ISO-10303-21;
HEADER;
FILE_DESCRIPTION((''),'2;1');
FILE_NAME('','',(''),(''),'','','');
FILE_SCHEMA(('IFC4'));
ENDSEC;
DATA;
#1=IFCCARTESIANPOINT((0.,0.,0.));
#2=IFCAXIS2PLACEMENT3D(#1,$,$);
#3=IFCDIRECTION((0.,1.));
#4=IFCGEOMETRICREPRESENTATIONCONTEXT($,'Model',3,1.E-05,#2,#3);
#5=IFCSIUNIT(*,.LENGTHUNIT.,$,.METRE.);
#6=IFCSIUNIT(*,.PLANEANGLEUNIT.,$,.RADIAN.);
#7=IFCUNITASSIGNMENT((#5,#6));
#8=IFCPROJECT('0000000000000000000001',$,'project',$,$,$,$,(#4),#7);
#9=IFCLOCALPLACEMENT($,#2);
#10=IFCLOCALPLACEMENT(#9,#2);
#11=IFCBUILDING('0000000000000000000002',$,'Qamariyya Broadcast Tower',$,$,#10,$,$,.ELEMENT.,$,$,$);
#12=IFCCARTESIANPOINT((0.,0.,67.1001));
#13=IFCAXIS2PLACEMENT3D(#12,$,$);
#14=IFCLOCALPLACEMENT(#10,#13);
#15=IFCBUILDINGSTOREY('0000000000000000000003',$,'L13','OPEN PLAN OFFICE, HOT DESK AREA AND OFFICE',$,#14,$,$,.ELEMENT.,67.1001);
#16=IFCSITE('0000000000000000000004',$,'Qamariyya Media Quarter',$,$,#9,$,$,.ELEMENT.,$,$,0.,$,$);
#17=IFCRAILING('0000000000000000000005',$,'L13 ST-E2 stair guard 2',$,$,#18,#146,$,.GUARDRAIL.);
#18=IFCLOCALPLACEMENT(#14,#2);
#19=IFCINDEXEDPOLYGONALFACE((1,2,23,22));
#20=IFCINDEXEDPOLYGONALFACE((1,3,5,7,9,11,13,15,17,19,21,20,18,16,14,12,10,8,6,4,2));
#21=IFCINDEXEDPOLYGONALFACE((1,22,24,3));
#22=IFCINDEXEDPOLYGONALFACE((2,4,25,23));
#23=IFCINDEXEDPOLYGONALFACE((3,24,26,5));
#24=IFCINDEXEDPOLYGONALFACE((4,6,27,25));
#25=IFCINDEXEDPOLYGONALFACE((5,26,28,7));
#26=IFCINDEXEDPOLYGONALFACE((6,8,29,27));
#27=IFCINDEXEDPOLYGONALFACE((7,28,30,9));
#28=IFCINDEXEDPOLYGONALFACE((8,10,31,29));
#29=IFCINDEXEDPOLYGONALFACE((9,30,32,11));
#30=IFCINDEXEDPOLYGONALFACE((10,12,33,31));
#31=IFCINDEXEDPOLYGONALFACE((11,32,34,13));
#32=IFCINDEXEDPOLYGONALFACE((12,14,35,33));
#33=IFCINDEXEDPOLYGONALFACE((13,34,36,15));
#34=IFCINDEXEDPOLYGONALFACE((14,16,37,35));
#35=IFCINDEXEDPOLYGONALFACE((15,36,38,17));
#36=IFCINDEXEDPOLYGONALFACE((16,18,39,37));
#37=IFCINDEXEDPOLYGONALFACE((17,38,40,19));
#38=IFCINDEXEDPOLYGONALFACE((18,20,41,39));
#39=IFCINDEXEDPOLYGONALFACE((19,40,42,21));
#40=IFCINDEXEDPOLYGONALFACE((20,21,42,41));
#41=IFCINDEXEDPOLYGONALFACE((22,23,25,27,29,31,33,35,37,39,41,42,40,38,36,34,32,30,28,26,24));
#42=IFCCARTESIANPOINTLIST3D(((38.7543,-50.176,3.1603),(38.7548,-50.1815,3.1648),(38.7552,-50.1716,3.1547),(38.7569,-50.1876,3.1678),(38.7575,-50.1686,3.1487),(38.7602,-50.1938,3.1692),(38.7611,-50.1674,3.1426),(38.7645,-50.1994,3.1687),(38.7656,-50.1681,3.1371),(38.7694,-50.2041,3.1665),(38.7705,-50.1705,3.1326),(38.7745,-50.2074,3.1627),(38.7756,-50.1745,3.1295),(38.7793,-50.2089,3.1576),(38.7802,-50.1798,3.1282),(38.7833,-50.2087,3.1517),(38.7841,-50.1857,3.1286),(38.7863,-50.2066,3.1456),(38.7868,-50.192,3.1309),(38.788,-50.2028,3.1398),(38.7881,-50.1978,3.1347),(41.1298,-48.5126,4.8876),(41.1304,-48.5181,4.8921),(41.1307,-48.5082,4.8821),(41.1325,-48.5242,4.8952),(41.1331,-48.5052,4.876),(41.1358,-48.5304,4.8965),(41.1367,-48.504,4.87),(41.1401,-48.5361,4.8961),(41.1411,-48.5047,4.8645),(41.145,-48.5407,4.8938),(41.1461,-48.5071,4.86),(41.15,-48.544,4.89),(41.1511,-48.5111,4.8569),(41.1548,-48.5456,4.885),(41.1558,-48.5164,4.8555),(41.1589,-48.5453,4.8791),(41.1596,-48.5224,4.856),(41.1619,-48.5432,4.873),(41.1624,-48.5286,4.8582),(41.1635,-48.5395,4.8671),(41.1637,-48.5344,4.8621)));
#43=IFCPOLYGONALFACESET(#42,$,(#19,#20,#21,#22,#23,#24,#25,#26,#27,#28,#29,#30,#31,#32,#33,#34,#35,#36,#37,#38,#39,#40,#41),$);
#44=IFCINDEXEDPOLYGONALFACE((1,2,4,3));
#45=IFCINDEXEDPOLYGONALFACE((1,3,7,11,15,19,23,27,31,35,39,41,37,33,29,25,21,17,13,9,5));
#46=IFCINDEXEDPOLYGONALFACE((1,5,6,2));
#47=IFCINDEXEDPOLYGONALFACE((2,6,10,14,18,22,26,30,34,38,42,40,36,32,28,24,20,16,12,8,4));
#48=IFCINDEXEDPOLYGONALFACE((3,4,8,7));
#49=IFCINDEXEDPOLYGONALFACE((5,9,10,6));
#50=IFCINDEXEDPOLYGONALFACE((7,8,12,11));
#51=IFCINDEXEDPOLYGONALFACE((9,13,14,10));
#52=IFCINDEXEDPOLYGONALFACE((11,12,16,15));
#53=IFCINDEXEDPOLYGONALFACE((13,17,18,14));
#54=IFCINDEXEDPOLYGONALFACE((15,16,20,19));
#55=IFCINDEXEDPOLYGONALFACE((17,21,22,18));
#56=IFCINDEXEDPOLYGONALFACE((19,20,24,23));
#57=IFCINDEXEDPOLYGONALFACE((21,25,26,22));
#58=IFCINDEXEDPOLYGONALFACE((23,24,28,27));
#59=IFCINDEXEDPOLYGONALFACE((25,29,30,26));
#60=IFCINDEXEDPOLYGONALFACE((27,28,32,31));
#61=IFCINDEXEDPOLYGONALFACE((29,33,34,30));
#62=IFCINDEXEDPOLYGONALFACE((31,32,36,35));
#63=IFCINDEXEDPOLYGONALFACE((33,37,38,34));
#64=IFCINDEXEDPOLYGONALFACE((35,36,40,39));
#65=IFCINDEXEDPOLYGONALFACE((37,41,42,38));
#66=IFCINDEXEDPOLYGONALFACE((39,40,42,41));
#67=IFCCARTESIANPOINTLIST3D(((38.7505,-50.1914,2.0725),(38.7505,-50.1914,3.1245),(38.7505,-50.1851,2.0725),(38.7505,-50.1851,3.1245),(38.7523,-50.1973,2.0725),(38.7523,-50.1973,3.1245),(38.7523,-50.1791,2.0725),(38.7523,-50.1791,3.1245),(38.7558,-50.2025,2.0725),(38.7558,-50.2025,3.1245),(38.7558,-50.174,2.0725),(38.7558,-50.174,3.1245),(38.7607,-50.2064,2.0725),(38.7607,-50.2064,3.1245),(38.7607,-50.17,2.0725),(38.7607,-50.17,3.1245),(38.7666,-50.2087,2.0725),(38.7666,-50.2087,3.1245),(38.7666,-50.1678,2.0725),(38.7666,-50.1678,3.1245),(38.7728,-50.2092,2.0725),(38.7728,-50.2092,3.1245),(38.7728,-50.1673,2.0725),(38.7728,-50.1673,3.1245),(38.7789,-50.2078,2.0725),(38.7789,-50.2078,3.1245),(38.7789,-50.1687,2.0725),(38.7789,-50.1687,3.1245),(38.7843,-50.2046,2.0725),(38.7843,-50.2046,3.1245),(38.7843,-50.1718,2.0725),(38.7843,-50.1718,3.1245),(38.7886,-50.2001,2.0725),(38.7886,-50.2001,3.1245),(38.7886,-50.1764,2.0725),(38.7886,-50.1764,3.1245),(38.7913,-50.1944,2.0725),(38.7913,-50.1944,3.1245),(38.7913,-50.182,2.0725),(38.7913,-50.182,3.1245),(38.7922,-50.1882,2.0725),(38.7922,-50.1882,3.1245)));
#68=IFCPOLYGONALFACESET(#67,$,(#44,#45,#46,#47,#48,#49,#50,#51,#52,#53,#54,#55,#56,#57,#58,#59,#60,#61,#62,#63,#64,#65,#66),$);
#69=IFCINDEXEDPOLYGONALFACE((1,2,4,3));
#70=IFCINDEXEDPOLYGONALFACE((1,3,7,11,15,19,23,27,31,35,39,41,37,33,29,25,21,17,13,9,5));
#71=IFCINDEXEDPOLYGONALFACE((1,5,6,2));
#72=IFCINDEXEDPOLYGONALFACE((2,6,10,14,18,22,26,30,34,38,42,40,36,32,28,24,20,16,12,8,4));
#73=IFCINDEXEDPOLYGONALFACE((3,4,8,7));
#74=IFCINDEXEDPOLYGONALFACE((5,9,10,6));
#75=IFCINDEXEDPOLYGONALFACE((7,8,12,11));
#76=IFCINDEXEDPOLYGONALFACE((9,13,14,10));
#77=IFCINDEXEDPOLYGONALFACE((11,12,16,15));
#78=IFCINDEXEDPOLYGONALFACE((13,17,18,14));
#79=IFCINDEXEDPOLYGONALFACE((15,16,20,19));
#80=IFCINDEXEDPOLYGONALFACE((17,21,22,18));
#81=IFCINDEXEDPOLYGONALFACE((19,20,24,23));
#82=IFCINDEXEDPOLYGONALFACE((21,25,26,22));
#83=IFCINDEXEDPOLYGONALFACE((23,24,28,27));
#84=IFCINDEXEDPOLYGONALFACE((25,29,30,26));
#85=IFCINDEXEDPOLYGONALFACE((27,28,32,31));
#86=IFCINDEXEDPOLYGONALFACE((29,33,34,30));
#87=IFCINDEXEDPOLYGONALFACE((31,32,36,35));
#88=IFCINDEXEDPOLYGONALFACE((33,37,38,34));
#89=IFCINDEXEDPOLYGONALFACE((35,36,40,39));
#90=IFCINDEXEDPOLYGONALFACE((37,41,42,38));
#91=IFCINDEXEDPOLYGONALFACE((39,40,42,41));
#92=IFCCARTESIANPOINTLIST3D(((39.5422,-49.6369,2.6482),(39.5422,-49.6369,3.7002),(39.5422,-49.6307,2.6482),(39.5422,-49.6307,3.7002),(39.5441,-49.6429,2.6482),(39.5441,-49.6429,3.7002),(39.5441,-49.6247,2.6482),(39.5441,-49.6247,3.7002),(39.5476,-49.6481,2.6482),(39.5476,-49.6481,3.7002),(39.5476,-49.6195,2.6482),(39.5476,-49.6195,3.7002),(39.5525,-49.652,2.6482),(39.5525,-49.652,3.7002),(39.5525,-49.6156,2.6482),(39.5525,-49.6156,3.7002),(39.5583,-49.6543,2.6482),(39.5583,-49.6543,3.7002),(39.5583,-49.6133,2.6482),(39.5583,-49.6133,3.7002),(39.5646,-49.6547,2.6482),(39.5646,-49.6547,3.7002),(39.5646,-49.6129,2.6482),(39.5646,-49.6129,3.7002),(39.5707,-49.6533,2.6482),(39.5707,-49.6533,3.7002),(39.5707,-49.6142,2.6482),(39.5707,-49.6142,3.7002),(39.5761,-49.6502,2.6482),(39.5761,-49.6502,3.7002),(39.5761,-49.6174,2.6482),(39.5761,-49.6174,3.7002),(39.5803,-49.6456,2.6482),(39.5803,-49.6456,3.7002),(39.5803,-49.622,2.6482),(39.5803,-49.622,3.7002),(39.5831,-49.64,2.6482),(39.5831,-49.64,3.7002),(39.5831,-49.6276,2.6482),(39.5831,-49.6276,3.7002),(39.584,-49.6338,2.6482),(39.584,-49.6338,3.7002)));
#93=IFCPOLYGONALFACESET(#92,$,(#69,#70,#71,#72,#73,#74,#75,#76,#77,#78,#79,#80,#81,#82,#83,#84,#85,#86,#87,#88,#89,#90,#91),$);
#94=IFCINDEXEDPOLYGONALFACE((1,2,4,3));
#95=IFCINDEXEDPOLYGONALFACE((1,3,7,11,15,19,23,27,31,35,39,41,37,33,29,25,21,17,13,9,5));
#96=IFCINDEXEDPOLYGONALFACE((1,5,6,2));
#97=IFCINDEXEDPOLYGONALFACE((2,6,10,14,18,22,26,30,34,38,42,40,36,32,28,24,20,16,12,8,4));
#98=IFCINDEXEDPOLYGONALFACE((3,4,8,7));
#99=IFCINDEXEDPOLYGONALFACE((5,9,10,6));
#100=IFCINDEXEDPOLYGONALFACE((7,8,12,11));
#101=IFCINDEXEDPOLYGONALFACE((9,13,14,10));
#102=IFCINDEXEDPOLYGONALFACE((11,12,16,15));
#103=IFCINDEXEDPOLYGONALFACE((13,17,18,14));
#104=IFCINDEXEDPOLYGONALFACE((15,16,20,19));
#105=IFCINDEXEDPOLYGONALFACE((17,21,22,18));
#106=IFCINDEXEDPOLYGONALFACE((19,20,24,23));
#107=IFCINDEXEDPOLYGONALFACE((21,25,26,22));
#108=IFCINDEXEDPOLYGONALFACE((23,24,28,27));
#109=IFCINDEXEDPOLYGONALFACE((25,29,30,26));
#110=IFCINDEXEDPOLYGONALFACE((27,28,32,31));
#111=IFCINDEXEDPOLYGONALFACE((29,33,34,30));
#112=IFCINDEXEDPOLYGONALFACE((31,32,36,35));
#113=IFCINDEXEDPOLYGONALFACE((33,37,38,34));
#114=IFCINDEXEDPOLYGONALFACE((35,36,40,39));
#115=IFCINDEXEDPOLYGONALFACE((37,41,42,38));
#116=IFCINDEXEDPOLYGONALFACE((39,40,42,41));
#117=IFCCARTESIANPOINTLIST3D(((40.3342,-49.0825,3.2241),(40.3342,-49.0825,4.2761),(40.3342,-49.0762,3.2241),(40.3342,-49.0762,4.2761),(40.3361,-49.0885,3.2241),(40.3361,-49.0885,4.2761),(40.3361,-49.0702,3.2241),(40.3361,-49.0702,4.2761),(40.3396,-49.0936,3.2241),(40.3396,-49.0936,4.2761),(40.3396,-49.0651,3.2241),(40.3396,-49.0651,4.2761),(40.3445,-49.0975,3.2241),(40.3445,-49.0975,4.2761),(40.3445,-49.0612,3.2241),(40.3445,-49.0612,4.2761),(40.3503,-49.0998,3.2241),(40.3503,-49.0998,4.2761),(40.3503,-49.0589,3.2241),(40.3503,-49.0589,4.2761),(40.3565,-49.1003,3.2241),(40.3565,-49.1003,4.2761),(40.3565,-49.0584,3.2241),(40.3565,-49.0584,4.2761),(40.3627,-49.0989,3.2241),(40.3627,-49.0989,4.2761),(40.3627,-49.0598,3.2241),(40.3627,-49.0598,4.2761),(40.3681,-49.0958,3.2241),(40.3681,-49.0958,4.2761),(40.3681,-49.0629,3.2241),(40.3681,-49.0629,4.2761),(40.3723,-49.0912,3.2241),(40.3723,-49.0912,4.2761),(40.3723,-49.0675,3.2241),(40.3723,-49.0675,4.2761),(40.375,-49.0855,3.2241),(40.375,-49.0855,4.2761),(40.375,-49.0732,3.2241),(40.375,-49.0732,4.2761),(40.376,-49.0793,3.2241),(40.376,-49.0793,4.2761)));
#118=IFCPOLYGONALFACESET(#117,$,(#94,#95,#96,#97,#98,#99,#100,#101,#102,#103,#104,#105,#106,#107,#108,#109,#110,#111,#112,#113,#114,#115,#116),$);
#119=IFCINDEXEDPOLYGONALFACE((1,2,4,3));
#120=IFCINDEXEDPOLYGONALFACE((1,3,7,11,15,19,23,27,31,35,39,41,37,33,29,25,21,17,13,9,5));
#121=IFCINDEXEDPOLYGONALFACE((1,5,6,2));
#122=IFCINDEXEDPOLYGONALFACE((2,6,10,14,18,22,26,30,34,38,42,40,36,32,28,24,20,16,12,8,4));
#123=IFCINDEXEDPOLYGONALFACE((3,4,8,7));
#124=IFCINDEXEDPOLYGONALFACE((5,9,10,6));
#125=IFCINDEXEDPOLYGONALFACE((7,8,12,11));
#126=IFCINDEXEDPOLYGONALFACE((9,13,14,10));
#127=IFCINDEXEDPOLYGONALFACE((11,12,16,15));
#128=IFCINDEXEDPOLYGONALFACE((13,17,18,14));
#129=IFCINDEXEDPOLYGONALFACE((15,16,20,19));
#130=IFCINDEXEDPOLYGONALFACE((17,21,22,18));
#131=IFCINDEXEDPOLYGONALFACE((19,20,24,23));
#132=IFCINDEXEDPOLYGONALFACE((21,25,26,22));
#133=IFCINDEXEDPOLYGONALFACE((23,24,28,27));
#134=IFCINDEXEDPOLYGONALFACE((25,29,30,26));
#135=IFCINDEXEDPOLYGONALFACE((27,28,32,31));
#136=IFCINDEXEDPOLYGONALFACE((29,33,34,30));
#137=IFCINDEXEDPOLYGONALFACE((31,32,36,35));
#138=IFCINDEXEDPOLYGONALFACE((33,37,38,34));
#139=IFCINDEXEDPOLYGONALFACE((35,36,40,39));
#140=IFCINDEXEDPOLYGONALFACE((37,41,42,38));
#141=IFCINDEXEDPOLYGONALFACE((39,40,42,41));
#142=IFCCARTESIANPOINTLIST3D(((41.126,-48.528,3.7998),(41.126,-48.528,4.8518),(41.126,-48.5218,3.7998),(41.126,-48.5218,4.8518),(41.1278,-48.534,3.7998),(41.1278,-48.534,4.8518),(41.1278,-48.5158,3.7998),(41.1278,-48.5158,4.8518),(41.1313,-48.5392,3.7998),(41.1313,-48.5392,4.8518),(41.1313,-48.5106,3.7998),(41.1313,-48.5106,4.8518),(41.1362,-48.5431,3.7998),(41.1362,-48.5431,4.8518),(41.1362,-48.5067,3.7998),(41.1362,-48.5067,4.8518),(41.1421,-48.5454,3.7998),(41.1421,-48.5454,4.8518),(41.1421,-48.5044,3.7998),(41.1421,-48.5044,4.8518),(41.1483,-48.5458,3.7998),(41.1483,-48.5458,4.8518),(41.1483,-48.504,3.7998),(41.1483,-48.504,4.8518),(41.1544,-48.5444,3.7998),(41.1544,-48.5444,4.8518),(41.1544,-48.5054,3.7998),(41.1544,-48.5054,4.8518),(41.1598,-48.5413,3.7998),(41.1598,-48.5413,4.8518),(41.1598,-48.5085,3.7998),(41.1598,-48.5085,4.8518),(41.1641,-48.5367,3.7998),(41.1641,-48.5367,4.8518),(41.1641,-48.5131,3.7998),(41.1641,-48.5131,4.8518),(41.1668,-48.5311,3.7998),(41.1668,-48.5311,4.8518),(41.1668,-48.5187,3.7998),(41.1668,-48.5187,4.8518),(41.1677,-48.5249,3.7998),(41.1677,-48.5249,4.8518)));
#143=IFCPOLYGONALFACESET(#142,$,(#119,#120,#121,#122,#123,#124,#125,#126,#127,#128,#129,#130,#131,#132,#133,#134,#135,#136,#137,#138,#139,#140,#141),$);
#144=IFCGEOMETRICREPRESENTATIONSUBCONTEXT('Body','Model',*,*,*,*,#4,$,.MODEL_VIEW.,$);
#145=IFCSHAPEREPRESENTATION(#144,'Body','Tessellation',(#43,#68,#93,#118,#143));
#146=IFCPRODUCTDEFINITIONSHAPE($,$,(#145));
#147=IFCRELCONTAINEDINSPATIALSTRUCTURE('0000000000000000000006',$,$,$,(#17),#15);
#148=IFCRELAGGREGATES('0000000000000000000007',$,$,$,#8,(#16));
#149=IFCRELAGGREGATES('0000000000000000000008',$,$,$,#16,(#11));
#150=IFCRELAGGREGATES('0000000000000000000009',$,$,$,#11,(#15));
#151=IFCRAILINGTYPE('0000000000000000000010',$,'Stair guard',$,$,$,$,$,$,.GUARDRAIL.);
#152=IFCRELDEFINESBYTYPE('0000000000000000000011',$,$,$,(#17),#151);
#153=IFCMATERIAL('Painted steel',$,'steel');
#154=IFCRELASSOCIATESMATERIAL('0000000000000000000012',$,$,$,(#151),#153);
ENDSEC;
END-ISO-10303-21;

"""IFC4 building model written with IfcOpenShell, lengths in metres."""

from ifc_helpers import new_model, si_unit, direction, frame, origin, origin_2d, place, context, subcontext, project, spatial, circle, extrude, material, type_object, element, save


model = new_model("IFC4")

# Units and contexts
model_context = context("Model", 3, precision=1e-05, world=origin(), true_north=direction((0.0, 1.0)))
body_context = subcontext(model_context, "Body", "Model", "MODEL_VIEW")
ifc_project = project(units=[si_unit("LENGTHUNIT", "METRE"), si_unit("PLANEANGLEUNIT", "RADIAN")], contexts=[model_context])

# Site, building, storey
site_placement = place(None, origin())
site = spatial("IfcSite", under=ifc_project, at=site_placement, Name="Qamariyya Media Quarter", CompositionType="ELEMENT", RefElevation=0.0)
building_placement = place(site_placement, origin())
building = spatial("IfcBuilding", under=site, at=building_placement, Name="Qamariyya Broadcast Tower", CompositionType="ELEMENT")
storey_placement = place(building_placement, frame((0.0, 0.0, 67.1001)))
storey = spatial("IfcBuildingStorey", under=building, at=storey_placement, Name="L13", Description="OPEN PLAN OFFICE, HOT DESK AREA AND OFFICE", CompositionType="ELEMENT", Elevation=67.1001)

# Railing
ifc_material_1 = material(Name="Painted steel", Category="steel")
railing_type_1 = type_object("IfcRailingType", Name="Stair guard", PredefinedType="GUARDRAIL", material=ifc_material_1)
railing_1_placement = place(storey_placement, frame((38.7712, -50.1882, 2.0725)))
element("IfcRailing", 1, at=railing_1_placement, inside=storey, type_object=railing_type_1, Name="L13 ST-E2 stair guard 2", PredefinedType="GUARDRAIL", context=body_context, shape_type="SweptSolid", body=[
    extrude(circle(Radius=0.0239, at=origin_2d()), frame((0.0, 0.0, 1.0762), z_axis=(0.70377, 0.492784, 0.511734), x_axis=(-0.573575, 0.819153, 0.0)), (0.0, 0.0, 1.0), 3.3755),
    extrude(circle(Radius=0.021, at=origin_2d()), origin(), (0.0, 0.0, 1.0), 1.052),
    extrude(circle(Radius=0.021, at=origin_2d()), frame((0.7917, 0.5544, 0.5757)), (0.0, 0.0, 1.0), 1.052),
    extrude(circle(Radius=0.021, at=origin_2d()), frame((1.5837, 1.1089, 1.1516)), (0.0, 0.0, 1.0), 1.052),
    extrude(circle(Radius=0.021, at=origin_2d()), frame((2.3755, 1.6633, 1.7273)), (0.0, 0.0, 1.0), 1.052),
])

save(model, "model.ifc")
